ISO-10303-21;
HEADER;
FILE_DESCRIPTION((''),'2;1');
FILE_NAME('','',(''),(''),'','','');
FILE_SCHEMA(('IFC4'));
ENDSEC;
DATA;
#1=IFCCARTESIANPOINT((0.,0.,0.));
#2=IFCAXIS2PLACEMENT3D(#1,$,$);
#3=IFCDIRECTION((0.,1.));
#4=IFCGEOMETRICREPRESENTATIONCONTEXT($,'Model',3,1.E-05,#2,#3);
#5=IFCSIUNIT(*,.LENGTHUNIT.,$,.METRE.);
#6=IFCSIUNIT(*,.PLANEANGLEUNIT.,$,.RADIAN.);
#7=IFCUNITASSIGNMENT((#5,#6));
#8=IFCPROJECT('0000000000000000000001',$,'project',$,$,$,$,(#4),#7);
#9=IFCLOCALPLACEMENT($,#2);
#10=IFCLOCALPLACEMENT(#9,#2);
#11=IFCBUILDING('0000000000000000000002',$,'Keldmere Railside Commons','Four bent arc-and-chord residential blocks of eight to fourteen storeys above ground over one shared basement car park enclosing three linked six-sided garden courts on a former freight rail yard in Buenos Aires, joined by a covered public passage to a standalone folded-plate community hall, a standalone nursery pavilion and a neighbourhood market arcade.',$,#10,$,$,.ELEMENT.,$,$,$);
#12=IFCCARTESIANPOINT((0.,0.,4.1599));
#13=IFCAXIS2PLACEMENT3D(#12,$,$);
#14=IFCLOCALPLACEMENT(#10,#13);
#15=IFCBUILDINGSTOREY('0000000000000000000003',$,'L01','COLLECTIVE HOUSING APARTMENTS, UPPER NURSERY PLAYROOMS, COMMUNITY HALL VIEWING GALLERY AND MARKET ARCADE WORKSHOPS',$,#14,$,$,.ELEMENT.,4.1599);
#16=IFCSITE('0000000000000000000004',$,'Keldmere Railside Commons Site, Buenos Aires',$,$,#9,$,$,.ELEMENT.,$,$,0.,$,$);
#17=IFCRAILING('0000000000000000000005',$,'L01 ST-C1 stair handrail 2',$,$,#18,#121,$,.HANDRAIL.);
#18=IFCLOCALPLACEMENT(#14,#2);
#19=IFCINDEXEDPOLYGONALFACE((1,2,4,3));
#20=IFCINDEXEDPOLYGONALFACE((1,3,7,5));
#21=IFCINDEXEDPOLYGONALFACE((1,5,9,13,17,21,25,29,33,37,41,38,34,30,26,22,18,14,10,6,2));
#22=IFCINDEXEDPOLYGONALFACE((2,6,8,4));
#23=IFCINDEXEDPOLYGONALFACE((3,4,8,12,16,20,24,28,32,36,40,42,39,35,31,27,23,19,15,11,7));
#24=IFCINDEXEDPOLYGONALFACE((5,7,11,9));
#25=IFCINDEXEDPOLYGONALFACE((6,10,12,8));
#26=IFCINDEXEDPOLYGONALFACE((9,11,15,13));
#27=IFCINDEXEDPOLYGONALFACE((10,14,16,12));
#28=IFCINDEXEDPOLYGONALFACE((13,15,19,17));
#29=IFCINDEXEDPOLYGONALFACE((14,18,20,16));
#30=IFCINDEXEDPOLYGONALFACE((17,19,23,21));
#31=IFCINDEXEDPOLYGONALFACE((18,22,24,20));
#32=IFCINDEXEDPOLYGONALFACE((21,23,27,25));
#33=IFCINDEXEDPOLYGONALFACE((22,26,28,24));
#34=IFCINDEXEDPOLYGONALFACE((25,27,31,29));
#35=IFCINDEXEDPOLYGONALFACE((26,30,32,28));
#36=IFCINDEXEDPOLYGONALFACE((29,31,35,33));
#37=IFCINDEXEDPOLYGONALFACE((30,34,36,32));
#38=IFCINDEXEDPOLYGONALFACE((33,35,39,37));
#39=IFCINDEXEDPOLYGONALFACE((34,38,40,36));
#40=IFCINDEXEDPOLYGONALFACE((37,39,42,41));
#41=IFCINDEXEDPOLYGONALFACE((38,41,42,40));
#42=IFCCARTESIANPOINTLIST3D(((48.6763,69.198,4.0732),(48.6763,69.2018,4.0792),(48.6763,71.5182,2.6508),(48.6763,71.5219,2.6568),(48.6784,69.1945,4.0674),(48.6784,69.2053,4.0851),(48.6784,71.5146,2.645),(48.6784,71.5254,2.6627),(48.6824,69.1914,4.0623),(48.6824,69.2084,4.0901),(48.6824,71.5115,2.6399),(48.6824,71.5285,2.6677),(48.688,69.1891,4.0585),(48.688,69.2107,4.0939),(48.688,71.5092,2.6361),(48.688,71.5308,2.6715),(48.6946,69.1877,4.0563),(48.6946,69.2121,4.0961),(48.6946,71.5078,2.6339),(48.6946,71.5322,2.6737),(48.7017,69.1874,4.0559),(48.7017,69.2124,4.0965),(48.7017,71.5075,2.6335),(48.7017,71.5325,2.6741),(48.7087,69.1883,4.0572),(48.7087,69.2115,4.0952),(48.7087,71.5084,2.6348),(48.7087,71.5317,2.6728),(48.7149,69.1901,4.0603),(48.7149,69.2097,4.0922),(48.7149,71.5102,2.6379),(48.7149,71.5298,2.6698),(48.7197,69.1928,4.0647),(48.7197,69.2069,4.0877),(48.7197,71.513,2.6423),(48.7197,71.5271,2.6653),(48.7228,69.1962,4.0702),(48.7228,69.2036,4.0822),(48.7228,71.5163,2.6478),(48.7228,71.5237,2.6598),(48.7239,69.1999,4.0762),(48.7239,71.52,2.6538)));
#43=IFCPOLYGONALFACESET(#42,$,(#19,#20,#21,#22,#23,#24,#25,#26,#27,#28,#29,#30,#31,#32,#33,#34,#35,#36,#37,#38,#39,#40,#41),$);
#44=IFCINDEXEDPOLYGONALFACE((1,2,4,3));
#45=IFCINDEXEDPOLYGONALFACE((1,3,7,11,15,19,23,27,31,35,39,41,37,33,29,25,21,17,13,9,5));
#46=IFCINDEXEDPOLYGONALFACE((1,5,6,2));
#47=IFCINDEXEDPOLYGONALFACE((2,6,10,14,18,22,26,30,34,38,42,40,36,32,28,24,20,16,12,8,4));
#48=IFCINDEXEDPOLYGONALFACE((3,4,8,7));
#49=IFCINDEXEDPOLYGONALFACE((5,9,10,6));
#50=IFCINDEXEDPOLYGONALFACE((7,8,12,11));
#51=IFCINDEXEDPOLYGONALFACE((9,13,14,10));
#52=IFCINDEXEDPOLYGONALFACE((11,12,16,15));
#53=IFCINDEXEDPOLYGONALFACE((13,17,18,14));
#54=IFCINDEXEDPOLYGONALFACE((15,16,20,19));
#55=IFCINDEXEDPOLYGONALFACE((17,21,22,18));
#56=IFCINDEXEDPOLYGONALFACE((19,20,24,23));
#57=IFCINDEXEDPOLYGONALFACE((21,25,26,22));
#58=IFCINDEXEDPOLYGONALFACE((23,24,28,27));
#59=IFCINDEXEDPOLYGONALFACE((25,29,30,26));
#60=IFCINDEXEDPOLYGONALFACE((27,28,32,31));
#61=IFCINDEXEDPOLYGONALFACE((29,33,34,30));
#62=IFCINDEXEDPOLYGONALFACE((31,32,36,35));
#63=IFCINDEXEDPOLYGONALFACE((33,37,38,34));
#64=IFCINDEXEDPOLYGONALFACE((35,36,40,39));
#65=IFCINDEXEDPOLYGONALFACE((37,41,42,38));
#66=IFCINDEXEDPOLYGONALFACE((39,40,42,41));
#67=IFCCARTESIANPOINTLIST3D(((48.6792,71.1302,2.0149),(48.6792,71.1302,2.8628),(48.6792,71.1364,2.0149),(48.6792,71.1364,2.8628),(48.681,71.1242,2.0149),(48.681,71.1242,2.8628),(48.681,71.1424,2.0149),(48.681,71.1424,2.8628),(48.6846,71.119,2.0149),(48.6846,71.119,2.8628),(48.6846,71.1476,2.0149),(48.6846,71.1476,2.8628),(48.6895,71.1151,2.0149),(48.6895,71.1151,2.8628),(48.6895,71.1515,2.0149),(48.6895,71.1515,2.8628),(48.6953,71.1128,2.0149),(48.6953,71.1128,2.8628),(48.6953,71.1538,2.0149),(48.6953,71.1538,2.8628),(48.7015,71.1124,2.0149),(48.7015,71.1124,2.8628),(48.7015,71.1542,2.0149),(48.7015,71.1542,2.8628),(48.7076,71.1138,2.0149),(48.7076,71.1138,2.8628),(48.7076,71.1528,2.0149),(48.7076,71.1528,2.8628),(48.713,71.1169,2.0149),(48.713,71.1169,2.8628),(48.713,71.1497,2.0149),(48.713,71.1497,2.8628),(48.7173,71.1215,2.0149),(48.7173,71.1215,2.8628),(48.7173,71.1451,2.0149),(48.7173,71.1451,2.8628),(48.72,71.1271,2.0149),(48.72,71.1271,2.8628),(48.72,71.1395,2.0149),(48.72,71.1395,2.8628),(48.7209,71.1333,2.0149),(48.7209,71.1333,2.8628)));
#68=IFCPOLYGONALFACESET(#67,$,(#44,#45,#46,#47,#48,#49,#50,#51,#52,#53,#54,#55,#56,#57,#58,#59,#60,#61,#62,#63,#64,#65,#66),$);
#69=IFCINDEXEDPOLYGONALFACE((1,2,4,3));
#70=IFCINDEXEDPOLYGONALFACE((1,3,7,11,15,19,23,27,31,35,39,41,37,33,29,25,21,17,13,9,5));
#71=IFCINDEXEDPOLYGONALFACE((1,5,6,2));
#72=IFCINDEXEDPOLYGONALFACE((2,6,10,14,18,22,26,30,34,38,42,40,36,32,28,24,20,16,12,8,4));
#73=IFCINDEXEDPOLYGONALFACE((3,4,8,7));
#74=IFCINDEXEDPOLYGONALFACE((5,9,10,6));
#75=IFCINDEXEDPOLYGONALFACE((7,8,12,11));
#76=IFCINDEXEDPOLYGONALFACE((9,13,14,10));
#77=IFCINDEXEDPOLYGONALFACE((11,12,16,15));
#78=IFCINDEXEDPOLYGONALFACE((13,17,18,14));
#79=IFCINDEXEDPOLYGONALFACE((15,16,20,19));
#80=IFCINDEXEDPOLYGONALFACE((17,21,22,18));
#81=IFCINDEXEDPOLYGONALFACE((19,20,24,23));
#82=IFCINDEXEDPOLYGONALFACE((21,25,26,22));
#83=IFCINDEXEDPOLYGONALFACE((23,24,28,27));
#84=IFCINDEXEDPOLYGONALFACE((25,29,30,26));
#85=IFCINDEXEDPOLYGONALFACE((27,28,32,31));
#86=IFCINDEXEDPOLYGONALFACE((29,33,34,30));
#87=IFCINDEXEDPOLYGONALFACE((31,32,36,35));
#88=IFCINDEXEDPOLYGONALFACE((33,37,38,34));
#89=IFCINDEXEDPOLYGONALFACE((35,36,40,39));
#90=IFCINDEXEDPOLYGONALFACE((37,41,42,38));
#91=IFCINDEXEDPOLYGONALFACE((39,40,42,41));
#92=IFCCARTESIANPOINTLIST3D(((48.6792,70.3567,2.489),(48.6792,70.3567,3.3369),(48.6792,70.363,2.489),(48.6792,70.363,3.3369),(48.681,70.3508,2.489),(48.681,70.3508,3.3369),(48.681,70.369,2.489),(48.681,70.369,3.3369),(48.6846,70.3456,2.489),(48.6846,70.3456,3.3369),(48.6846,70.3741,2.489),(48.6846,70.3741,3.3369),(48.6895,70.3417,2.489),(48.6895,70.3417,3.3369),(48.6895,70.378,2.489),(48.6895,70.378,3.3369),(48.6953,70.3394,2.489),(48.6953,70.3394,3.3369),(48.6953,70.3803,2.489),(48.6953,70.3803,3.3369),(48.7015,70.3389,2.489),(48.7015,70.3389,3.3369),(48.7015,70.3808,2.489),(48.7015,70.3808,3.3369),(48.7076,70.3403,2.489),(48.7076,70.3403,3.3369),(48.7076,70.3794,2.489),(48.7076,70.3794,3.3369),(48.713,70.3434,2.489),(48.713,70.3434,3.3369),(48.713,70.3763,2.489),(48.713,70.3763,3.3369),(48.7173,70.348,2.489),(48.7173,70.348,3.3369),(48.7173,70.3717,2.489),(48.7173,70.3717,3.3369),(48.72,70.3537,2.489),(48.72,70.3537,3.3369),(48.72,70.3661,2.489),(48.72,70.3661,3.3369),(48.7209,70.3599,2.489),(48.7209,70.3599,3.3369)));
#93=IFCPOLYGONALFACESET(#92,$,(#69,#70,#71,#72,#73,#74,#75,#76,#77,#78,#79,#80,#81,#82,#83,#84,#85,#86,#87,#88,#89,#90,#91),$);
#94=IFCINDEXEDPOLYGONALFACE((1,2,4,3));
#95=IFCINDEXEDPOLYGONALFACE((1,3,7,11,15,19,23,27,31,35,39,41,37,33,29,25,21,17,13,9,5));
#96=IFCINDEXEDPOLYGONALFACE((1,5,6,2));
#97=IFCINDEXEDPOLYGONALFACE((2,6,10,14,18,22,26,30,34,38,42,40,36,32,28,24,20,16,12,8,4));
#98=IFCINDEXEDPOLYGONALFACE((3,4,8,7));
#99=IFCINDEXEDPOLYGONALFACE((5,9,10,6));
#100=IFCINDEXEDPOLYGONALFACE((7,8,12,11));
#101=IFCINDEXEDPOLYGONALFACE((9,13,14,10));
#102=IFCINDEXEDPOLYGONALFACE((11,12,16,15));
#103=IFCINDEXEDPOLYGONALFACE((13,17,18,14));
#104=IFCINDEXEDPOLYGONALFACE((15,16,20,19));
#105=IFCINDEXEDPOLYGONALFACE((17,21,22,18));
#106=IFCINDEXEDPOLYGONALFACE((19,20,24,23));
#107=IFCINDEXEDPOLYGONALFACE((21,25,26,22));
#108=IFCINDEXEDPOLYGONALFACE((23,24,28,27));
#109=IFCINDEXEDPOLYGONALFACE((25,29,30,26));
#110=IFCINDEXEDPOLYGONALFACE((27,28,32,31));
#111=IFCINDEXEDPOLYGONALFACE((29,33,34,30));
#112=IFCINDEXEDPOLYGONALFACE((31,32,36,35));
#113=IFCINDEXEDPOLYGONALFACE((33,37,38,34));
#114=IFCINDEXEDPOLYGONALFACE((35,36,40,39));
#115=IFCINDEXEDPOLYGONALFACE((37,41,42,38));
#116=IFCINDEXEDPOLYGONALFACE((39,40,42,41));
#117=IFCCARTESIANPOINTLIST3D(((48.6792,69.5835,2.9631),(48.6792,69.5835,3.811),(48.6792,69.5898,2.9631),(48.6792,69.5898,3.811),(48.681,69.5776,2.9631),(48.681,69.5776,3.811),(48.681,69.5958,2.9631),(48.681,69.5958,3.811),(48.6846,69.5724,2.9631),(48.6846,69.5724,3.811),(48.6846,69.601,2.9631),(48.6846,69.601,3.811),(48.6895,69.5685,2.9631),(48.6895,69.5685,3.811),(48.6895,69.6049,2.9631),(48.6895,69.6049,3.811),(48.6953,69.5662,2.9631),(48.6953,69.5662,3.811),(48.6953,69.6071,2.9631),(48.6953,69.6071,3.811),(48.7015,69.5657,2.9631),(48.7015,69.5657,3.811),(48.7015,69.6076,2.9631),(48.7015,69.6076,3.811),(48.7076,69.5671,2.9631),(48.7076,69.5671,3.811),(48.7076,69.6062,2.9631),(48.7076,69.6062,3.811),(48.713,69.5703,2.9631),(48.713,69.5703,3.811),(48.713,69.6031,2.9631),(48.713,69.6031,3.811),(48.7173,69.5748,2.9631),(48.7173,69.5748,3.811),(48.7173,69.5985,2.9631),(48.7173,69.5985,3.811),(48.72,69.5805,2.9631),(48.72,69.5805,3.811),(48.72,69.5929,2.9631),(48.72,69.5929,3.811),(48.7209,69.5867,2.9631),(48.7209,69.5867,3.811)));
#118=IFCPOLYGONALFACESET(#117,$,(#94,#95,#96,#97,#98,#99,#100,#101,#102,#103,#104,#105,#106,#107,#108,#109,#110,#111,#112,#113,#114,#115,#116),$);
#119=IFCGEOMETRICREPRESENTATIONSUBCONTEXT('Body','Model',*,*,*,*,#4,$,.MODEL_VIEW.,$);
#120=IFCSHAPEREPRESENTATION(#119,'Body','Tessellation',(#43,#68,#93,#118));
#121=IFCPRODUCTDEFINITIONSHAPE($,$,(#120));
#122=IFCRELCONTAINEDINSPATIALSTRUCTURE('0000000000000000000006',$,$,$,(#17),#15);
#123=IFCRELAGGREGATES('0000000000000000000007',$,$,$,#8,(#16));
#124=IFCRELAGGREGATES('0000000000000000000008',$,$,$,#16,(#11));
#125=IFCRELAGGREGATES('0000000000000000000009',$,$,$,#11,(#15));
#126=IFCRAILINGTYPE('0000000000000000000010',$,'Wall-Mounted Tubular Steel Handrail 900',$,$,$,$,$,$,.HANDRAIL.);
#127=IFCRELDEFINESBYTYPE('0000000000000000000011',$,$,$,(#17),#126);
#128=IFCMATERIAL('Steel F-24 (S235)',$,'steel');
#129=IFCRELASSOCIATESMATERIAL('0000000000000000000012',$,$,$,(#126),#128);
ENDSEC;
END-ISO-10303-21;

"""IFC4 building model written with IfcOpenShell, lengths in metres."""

from ifc_helpers import new_model, si_unit, direction, frame, origin, origin_2d, place, context, subcontext, project, spatial, circle, extrude, material, type_object, element, save


model = new_model("IFC4")

# Units and contexts
model_context = context("Model", 3, precision=1e-05, world=origin(), true_north=direction((0.0, 1.0)))
body_context = subcontext(model_context, "Body", "Model", "MODEL_VIEW")
ifc_project = project(units=[si_unit("LENGTHUNIT", "METRE"), si_unit("PLANEANGLEUNIT", "RADIAN")], contexts=[model_context])

# Site, building, storey
site_placement = place(None, origin())
site = spatial("IfcSite", under=ifc_project, at=site_placement, Name="Keldmere Railside Commons Site, Buenos Aires", CompositionType="ELEMENT", RefElevation=0.0)
building_placement = place(site_placement, origin())
building = spatial("IfcBuilding", under=site, at=building_placement, Name="Keldmere Railside Commons", Description="Four bent arc-and-chord residential blocks of eight to fourteen storeys above ground over one shared basement car park enclosing three linked six-sided garden courts on a former freight rail yard in Buenos Aires, joined by a covered public passage to a standalone folded-plate community hall, a standalone nursery pavilion and a neighbourhood market arcade.", CompositionType="ELEMENT")
storey_placement = place(building_placement, frame((0.0, 0.0, 4.1599)))
storey = spatial("IfcBuildingStorey", under=building, at=storey_placement, Name="L01", Description="COLLECTIVE HOUSING APARTMENTS, UPPER NURSERY PLAYROOMS, COMMUNITY HALL VIEWING GALLERY AND MARKET ARCADE WORKSHOPS", CompositionType="ELEMENT", Elevation=4.1599)

# Railing
ifc_material_1 = material(Name="Steel F-24 (S235)", Category="steel")
railing_type_1 = type_object("IfcRailingType", Name="Wall-Mounted Tubular Steel Handrail 900", PredefinedType="HANDRAIL", material=ifc_material_1)
railing_1_placement = place(storey_placement, frame((48.7, 71.52, 1.7778)))
element("IfcRailing", 1, at=railing_1_placement, inside=storey, type_object=railing_type_1, Name="L01 ST-C1 stair handrail 2", PredefinedType="HANDRAIL", context=body_context, shape_type="SweptSolid", body=[
    extrude(circle(Radius=0.0239, at=origin_2d()), frame((0.0, 0.0, 0.876), z_axis=(0.0, -0.852538, 0.522665), x_axis=(1.0, 0.0, 0.0)), (0.0, 0.0, 1.0), 2.7214),
    extrude(circle(Radius=0.021, at=origin_2d()), frame((0.0, -0.3867, 0.2371)), (0.0, 0.0, 1.0), 0.8479),
    extrude(circle(Radius=0.021, at=origin_2d()), frame((0.0, -1.1602, 0.7112)), (0.0, 0.0, 1.0), 0.8479),
    extrude(circle(Radius=0.021, at=origin_2d()), frame((0.0, -1.9333, 1.1853)), (0.0, 0.0, 1.0), 0.8479),
])

save(model, "model.ifc")
